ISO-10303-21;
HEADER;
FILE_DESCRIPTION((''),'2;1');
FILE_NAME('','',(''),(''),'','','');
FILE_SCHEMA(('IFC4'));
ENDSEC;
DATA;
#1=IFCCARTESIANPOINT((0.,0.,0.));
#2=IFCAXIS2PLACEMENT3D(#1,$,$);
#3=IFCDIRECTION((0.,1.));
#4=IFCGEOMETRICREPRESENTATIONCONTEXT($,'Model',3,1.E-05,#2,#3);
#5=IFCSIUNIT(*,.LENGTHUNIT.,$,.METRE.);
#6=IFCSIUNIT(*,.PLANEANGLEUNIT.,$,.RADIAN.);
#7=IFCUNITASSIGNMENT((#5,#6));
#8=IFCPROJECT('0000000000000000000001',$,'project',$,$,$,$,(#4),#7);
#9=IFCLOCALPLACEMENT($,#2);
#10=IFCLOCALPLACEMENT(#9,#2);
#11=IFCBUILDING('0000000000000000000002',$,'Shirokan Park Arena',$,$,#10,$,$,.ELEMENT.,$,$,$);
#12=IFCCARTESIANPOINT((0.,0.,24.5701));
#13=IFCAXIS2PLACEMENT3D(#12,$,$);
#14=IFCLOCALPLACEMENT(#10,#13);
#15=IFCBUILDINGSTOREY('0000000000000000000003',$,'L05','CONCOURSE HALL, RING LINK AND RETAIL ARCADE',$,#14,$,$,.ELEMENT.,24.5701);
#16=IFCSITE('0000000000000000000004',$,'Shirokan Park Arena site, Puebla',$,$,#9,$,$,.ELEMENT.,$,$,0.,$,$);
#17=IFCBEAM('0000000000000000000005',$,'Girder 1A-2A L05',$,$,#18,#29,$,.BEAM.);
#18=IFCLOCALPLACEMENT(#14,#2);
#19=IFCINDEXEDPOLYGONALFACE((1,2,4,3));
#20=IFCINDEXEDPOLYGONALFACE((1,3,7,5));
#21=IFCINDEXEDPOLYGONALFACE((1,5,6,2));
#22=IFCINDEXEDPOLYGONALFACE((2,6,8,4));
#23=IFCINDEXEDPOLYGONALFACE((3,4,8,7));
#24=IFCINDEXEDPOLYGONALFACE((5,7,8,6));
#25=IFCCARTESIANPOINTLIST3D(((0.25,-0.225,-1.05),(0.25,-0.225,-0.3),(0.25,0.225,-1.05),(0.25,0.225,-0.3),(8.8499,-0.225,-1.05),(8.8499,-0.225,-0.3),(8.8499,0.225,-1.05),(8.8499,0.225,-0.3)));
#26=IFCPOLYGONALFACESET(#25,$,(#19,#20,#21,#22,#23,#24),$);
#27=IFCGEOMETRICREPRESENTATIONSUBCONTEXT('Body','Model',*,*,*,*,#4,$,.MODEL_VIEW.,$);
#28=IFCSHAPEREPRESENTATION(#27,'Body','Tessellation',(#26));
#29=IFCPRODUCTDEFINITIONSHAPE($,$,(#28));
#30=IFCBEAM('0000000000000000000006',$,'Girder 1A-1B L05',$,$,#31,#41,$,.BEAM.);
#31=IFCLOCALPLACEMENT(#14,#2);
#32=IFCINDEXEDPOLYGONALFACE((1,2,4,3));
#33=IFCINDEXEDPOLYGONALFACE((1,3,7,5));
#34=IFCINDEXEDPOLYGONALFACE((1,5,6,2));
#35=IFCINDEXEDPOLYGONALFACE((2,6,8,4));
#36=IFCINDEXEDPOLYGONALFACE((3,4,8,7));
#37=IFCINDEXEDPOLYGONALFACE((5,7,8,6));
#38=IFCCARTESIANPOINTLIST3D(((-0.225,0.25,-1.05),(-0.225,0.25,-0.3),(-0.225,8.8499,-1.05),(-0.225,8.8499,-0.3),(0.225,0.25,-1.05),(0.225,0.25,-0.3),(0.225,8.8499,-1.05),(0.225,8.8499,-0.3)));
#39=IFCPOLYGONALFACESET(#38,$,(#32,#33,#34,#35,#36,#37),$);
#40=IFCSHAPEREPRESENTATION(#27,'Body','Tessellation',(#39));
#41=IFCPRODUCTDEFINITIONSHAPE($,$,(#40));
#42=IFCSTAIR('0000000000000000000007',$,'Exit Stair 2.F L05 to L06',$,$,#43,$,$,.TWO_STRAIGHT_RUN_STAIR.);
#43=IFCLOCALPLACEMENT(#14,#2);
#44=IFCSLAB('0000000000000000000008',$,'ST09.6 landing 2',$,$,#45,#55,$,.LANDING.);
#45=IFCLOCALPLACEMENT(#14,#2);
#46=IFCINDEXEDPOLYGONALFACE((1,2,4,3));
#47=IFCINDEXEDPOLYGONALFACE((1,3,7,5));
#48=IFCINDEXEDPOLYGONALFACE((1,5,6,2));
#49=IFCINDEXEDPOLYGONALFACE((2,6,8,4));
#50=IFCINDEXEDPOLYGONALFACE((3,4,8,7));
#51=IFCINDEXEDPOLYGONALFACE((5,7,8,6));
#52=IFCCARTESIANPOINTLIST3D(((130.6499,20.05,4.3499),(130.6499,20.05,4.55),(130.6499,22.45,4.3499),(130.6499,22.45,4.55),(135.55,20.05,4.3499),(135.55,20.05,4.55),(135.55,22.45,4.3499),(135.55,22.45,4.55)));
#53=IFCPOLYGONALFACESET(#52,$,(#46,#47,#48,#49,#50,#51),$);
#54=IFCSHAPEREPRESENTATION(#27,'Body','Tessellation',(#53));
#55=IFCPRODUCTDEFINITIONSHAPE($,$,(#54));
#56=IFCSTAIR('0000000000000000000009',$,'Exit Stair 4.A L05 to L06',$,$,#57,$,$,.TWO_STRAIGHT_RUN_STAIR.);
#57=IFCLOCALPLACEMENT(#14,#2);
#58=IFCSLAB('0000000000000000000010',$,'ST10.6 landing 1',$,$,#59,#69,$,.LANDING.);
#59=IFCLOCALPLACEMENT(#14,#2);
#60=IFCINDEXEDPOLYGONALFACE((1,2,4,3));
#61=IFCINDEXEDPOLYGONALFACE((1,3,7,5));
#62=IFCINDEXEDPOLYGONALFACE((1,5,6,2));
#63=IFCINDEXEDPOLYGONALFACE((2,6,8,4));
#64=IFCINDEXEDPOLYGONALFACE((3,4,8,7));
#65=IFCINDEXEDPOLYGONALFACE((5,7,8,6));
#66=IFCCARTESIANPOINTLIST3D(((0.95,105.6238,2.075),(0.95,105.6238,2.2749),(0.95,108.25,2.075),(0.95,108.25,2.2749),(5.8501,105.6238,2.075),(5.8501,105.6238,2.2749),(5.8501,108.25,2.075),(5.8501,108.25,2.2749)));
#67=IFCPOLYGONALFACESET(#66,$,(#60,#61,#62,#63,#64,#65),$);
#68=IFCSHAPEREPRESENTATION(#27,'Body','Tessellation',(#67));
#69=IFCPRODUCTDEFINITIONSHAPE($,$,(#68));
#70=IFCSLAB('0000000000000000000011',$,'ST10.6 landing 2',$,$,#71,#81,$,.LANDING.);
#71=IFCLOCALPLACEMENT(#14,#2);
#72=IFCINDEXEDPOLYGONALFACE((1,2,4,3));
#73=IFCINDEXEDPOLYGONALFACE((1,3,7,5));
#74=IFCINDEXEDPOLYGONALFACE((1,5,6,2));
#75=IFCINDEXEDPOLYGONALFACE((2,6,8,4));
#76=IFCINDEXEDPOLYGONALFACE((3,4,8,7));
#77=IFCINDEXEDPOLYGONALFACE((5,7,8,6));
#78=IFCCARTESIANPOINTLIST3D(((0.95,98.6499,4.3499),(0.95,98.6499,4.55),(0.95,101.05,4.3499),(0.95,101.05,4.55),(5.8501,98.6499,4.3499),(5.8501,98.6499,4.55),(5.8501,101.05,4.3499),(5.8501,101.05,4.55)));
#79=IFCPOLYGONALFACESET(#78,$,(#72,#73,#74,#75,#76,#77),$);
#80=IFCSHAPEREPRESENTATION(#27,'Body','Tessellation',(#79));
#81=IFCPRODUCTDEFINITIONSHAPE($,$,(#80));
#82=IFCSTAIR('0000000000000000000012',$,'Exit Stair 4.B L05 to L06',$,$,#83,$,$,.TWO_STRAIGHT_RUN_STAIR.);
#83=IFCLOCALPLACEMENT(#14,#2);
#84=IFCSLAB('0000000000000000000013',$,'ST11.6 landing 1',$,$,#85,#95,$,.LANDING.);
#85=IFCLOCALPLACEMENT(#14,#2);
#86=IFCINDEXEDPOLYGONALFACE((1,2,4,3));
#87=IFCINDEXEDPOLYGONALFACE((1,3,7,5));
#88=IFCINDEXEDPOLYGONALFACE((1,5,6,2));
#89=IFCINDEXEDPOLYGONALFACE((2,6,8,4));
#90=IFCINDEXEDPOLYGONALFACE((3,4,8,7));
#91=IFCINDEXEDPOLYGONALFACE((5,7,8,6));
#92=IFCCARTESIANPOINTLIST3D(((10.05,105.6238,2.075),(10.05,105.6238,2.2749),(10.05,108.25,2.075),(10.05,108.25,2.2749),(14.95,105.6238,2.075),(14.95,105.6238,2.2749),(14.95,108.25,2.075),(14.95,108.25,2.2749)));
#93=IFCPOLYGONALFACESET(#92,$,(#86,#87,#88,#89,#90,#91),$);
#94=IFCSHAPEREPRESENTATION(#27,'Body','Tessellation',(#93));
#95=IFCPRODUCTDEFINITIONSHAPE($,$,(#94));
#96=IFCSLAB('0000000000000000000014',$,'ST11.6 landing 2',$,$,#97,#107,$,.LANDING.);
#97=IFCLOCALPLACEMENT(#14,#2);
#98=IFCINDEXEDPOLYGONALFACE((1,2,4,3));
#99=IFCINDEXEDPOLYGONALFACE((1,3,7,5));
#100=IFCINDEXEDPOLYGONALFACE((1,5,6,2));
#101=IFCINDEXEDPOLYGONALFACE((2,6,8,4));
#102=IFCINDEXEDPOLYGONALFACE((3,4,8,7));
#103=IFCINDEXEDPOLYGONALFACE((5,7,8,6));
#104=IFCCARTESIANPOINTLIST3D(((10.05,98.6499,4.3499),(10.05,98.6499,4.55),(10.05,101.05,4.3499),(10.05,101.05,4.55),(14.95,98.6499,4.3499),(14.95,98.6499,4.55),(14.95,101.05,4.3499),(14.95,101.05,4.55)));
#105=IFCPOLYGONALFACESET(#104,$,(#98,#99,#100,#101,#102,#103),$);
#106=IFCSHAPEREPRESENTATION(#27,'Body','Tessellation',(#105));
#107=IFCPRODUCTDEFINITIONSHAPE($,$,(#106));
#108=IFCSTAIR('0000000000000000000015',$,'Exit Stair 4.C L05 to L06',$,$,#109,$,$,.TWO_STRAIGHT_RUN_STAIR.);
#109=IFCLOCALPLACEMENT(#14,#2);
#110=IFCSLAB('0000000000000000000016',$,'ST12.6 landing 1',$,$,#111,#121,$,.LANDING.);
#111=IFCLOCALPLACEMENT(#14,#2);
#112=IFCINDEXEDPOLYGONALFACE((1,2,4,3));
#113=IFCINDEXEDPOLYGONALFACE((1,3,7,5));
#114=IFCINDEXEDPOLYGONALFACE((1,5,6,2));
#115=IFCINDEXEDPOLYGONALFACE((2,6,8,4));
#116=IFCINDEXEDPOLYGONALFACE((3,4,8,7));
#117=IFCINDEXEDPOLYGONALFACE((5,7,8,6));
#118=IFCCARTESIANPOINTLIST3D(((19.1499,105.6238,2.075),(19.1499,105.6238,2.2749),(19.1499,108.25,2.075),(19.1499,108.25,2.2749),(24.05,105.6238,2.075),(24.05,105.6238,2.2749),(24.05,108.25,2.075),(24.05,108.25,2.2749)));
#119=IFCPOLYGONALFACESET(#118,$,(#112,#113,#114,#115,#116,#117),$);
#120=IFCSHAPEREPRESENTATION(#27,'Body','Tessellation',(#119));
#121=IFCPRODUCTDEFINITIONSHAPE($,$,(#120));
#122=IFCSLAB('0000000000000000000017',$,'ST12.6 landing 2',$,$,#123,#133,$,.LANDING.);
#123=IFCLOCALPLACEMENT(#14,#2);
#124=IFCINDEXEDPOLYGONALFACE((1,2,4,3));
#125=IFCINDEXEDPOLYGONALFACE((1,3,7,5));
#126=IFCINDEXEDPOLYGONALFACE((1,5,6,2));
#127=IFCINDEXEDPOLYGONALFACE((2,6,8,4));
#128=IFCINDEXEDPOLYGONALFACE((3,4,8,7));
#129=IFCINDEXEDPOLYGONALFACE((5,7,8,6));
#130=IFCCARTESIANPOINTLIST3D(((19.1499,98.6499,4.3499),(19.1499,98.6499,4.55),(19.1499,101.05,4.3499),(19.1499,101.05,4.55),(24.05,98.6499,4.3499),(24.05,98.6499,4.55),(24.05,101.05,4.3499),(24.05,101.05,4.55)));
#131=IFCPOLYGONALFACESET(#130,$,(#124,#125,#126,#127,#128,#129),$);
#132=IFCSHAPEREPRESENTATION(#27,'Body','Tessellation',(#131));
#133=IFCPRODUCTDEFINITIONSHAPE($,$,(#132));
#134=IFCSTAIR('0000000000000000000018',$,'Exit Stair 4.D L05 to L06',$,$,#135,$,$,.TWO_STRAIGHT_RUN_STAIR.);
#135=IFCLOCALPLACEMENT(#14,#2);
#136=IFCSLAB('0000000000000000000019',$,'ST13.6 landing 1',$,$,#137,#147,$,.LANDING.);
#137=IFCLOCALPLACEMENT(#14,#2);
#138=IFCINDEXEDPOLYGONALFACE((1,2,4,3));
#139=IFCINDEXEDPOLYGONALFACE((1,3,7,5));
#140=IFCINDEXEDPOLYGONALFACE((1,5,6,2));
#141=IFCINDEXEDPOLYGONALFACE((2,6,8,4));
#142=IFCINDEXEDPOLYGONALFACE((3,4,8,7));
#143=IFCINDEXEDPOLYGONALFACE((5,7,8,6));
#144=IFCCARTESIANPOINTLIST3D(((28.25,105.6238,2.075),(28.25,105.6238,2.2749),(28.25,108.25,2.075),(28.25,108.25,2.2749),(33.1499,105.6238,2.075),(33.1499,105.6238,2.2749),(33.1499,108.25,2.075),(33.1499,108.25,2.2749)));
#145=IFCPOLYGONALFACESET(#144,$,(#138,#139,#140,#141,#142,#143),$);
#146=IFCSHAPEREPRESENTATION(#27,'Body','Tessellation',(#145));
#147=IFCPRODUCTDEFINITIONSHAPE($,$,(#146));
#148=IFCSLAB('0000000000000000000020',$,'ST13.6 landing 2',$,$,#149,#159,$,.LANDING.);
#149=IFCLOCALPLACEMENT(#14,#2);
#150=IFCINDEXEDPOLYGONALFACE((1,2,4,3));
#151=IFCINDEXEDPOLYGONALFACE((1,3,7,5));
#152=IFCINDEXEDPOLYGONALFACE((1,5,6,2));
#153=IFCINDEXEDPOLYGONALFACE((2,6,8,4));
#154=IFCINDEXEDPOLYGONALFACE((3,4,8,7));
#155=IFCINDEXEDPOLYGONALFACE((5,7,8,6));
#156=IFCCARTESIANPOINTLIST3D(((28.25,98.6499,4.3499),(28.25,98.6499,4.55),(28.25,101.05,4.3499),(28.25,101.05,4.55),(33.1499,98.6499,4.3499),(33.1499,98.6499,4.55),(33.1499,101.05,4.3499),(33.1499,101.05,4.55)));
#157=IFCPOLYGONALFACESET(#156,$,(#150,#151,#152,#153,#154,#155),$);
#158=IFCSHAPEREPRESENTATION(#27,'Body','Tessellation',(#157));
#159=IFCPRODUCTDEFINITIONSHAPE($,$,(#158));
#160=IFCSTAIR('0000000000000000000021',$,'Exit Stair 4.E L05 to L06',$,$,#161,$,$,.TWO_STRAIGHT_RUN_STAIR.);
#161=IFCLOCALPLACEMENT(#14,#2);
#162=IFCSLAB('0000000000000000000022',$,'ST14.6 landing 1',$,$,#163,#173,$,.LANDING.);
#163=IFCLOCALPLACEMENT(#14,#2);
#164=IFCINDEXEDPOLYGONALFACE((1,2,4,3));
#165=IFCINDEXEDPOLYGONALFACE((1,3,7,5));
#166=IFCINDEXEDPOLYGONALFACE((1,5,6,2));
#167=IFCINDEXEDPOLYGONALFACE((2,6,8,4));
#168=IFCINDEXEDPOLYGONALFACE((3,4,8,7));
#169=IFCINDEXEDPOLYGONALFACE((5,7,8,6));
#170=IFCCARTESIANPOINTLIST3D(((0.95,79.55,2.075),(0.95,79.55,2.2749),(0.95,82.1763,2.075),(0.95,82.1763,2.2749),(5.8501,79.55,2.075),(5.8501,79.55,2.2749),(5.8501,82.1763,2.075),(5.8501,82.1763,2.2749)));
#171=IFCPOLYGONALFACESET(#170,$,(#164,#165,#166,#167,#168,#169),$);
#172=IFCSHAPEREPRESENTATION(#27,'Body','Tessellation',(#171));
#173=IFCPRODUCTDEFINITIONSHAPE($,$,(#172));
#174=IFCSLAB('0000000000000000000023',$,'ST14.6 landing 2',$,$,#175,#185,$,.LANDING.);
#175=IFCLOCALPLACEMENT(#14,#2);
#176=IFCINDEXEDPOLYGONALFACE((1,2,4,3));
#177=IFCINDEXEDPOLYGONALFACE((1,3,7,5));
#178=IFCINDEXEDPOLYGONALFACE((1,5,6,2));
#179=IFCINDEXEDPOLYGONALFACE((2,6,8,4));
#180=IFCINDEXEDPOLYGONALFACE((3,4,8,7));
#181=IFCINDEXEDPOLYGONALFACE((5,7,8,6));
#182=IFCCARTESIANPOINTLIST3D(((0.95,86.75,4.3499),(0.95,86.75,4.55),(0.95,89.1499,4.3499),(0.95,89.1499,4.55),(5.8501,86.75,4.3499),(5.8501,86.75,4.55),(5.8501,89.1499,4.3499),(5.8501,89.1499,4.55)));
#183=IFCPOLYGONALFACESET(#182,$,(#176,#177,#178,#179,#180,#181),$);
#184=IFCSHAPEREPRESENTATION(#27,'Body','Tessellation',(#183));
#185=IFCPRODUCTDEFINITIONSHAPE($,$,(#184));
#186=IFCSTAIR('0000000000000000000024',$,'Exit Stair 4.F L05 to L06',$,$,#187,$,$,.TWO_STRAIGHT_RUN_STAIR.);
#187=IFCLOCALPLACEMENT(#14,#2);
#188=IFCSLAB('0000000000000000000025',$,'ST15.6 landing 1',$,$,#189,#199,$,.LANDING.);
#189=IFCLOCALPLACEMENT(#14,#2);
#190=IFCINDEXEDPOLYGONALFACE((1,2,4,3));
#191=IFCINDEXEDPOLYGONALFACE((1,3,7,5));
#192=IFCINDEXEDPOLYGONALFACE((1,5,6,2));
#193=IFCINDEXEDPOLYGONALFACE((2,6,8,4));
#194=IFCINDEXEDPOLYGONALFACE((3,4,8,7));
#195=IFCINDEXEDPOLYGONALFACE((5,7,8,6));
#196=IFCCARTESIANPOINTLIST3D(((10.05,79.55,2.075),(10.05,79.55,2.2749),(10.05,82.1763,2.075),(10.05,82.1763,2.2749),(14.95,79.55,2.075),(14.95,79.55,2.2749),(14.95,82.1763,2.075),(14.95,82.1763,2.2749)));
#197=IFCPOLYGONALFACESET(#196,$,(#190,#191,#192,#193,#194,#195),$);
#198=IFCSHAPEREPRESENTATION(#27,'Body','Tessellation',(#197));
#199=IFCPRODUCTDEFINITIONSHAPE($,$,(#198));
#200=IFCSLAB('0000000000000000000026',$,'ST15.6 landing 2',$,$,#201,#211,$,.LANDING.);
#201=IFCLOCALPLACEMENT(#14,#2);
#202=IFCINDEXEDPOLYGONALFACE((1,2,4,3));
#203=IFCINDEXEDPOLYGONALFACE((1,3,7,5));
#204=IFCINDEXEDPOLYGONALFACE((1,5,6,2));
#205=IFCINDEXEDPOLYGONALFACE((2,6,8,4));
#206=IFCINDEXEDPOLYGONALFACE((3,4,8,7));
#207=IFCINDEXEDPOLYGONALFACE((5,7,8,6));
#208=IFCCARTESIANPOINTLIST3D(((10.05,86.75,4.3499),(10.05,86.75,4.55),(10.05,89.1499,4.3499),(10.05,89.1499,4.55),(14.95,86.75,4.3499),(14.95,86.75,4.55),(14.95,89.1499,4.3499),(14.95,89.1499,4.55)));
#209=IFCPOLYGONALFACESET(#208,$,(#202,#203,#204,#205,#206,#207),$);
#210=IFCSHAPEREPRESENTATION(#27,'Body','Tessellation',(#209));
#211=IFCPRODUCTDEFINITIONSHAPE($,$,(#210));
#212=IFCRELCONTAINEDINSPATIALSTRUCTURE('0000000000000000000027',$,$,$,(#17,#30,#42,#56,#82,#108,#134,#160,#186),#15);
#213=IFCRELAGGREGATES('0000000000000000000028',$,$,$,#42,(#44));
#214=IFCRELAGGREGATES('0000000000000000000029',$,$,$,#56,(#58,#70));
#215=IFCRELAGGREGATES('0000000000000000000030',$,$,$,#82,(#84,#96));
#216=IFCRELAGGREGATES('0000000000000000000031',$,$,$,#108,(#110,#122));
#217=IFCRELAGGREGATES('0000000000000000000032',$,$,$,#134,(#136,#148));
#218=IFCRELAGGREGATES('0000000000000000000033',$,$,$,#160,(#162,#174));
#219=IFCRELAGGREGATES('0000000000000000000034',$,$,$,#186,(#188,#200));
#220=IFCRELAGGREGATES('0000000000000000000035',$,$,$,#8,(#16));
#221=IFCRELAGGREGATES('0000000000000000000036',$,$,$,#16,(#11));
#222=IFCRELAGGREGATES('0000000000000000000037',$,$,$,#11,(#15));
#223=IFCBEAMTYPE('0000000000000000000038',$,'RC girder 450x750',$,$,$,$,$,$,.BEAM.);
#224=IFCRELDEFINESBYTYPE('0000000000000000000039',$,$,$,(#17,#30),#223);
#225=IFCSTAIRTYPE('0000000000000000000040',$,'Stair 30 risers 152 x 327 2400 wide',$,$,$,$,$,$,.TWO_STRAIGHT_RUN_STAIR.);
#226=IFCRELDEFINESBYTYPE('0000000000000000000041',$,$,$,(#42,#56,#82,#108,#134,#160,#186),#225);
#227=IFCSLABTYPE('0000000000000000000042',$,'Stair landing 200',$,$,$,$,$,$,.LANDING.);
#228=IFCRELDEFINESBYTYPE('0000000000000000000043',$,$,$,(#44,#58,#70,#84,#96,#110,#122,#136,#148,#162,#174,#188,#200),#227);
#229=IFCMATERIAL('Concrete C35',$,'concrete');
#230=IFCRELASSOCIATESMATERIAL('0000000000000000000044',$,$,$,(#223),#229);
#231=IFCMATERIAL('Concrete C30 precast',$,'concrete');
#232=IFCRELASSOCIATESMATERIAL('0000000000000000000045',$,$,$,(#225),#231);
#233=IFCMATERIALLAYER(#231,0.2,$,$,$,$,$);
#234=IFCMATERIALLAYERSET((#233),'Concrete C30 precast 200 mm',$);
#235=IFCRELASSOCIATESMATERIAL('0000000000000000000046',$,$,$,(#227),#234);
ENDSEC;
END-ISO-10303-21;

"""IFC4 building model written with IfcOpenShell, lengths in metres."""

from ifc_helpers import new_model, si_unit, direction, frame, origin, origin_2d, place, context, subcontext, project, spatial, polyline, rectangle, outline, extrude, material, layer, layer_set, material_profile, profile_set, type_object, element, aggregate, save


model = new_model("IFC4")

# Units and contexts
model_context = context("Model", 3, precision=1e-05, world=origin(), true_north=direction((0.0, 1.0)))
body_context = subcontext(model_context, "Body", "Model", "MODEL_VIEW")
ifc_project = project(units=[si_unit("LENGTHUNIT", "METRE"), si_unit("PLANEANGLEUNIT", "RADIAN")], contexts=[model_context])

# Site, building, storey
site_placement = place(None, origin())
site = spatial("IfcSite", under=ifc_project, at=site_placement, Name="Shirokan Park Arena site, Puebla", CompositionType="ELEMENT", RefElevation=0.0)
building_placement = place(site_placement, origin())
building = spatial("IfcBuilding", under=site, at=building_placement, Name="Shirokan Park Arena", CompositionType="ELEMENT")
storey_placement = place(building_placement, frame((0.0, 0.0, 24.5701)))
storey = spatial("IfcBuildingStorey", under=building, at=storey_placement, Name="L05", Description="CONCOURSE HALL, RING LINK AND RETAIL ARCADE", CompositionType="ELEMENT", Elevation=24.5701)

# Beams
ifc_material_1 = material(Name="Concrete C35", Category="concrete")
ifc_material_profile = material_profile(ifc_material_1, rectangle(XDim=0.45, YDim=0.75, at=origin_2d()), Name="450x750")
ifc_profile_set = profile_set([ifc_material_profile], Name="Concrete C35")
beam_type = type_object("IfcBeamType", Name="RC girder 450x750", PredefinedType="BEAM", material=ifc_profile_set)
for number, where, z_axis, x_axis, name in (
    (1, (0.25, 0.0, -0.675), (1.0, 0.0, 0.0), (0.0, 1.0, 0.0), "Girder 1A-2A L05"),
    (2, (0.0, 0.25, -0.675), (0.0, 1.0, 0.0), (-1.0, 0.0, 0.0), "Girder 1A-1B L05"),
):
    element("IfcBeam", number, at=place(storey_placement, frame(where, z_axis=z_axis, x_axis=x_axis)), inside=storey, type_object=beam_type, Name=name, PredefinedType="BEAM", context=body_context, shape_type="SweptSolid", body=[
        extrude(rectangle(XDim=0.45, YDim=0.75, at=origin_2d()), origin(), (0.0, 0.0, 1.0), 8.5999),
    ])

# Stair, slab
ifc_material_2 = material(Name="Concrete C30 precast", Category="concrete")
stair_type = type_object("IfcStairType", Name="Stair 30 risers 152 x 327 2400 wide", PredefinedType="TWO_STRAIGHT_RUN_STAIR", material=ifc_material_2)
stair_1_placement = place(storey_placement, origin())
stair_1 = element("IfcStair", 3, at=stair_1_placement, inside=storey, type_object=stair_type, Name="Exit Stair 2.F L05 to L06", PredefinedType="TWO_STRAIGHT_RUN_STAIR")
ifc_layer_1 = layer(ifc_material_2, 0.2)
ifc_layer_set_1 = layer_set([ifc_layer_1], Name="Concrete C30 precast 200 mm")
slab_type = type_object("IfcSlabType", Name="Stair landing 200", PredefinedType="LANDING", material=ifc_layer_set_1)
slab_1_placement = place(storey_placement, frame((0.0, 0.0, 4.3499)))
slab_1 = element("IfcSlab", 4, at=slab_1_placement, type_object=slab_type, Name="ST09.6 landing 2", PredefinedType="LANDING", context=body_context, shape_type="SweptSolid", body=[
    extrude(outline(polyline([(130.6499, 20.05), (135.55, 20.05), (135.55, 22.45), (130.6499, 22.45), (130.6499, 20.05)])), origin(), (0.0, 0.0, 1.0), 0.2002),
])
aggregate(stair_1, [slab_1])

# Stairs, slabs
stair_2_placement = place(storey_placement, origin())
stair_2 = element("IfcStair", 5, at=stair_2_placement, inside=storey, type_object=stair_type, Name="Exit Stair 4.A L05 to L06", PredefinedType="TWO_STRAIGHT_RUN_STAIR")
slab_2_placement = place(storey_placement, frame((0.0, 0.0, 2.075)))
slab_2 = element("IfcSlab", 6, at=slab_2_placement, type_object=slab_type, Name="ST10.6 landing 1", PredefinedType="LANDING", context=body_context, shape_type="SweptSolid", body=[
    extrude(outline(polyline([(0.95, 105.6238), (5.8501, 105.6238), (5.8501, 108.25), (0.95, 108.25), (0.95, 105.6238)])), origin(), (0.0, 0.0, 1.0), 0.2),
])
slab_3_placement = place(storey_placement, frame((0.0, 0.0, 4.3499)))
slab_3 = element("IfcSlab", 7, at=slab_3_placement, type_object=slab_type, Name="ST10.6 landing 2", PredefinedType="LANDING", context=body_context, shape_type="SweptSolid", body=[
    extrude(outline(polyline([(0.95, 98.6499), (5.8501, 98.6499), (5.8501, 101.05), (0.95, 101.05), (0.95, 98.6499)])), origin(), (0.0, 0.0, 1.0), 0.2002),
])
aggregate(stair_2, [slab_2, slab_3])
stair_3_placement = place(storey_placement, origin())
stair_3 = element("IfcStair", 8, at=stair_3_placement, inside=storey, type_object=stair_type, Name="Exit Stair 4.B L05 to L06", PredefinedType="TWO_STRAIGHT_RUN_STAIR")
slab_4_placement = place(storey_placement, frame((0.0, 0.0, 2.075)))
slab_4 = element("IfcSlab", 9, at=slab_4_placement, type_object=slab_type, Name="ST11.6 landing 1", PredefinedType="LANDING", context=body_context, shape_type="SweptSolid", body=[
    extrude(outline(polyline([(10.05, 105.6238), (14.95, 105.6238), (14.95, 108.25), (10.05, 108.25), (10.05, 105.6238)])), origin(), (0.0, 0.0, 1.0), 0.2),
])
slab_5_placement = place(storey_placement, frame((0.0, 0.0, 4.3499)))
slab_5 = element("IfcSlab", 10, at=slab_5_placement, type_object=slab_type, Name="ST11.6 landing 2", PredefinedType="LANDING", context=body_context, shape_type="SweptSolid", body=[
    extrude(outline(polyline([(10.05, 98.6499), (14.95, 98.6499), (14.95, 101.05), (10.05, 101.05), (10.05, 98.6499)])), origin(), (0.0, 0.0, 1.0), 0.2002),
])
aggregate(stair_3, [slab_4, slab_5])
stair_4_placement = place(storey_placement, origin())
stair_4 = element("IfcStair", 11, at=stair_4_placement, inside=storey, type_object=stair_type, Name="Exit Stair 4.C L05 to L06", PredefinedType="TWO_STRAIGHT_RUN_STAIR")
slab_6_placement = place(storey_placement, frame((0.0, 0.0, 2.075)))
slab_6 = element("IfcSlab", 12, at=slab_6_placement, type_object=slab_type, Name="ST12.6 landing 1", PredefinedType="LANDING", context=body_context, shape_type="SweptSolid", body=[
    extrude(outline(polyline([(19.1499, 105.6238), (24.05, 105.6238), (24.05, 108.25), (19.1499, 108.25), (19.1499, 105.6238)])), origin(), (0.0, 0.0, 1.0), 0.2),
])
slab_7_placement = place(storey_placement, frame((0.0, 0.0, 4.3499)))
slab_7 = element("IfcSlab", 13, at=slab_7_placement, type_object=slab_type, Name="ST12.6 landing 2", PredefinedType="LANDING", context=body_context, shape_type="SweptSolid", body=[
    extrude(outline(polyline([(19.1499, 98.6499), (24.05, 98.6499), (24.05, 101.05), (19.1499, 101.05), (19.1499, 98.6499)])), origin(), (0.0, 0.0, 1.0), 0.2002),
])
aggregate(stair_4, [slab_6, slab_7])
stair_5_placement = place(storey_placement, origin())
stair_5 = element("IfcStair", 14, at=stair_5_placement, inside=storey, type_object=stair_type, Name="Exit Stair 4.D L05 to L06", PredefinedType="TWO_STRAIGHT_RUN_STAIR")
slab_8_placement = place(storey_placement, frame((0.0, 0.0, 2.075)))
slab_8 = element("IfcSlab", 15, at=slab_8_placement, type_object=slab_type, Name="ST13.6 landing 1", PredefinedType="LANDING", context=body_context, shape_type="SweptSolid", body=[
    extrude(outline(polyline([(28.25, 105.6238), (33.1499, 105.6238), (33.1499, 108.25), (28.25, 108.25), (28.25, 105.6238)])), origin(), (0.0, 0.0, 1.0), 0.2),
])
slab_9_placement = place(storey_placement, frame((0.0, 0.0, 4.3499)))
slab_9 = element("IfcSlab", 16, at=slab_9_placement, type_object=slab_type, Name="ST13.6 landing 2", PredefinedType="LANDING", context=body_context, shape_type="SweptSolid", body=[
    extrude(outline(polyline([(28.25, 98.6499), (33.1499, 98.6499), (33.1499, 101.05), (28.25, 101.05), (28.25, 98.6499)])), origin(), (0.0, 0.0, 1.0), 0.2002),
])
aggregate(stair_5, [slab_8, slab_9])
stair_6_placement = place(storey_placement, origin())
stair_6 = element("IfcStair", 17, at=stair_6_placement, inside=storey, type_object=stair_type, Name="Exit Stair 4.E L05 to L06", PredefinedType="TWO_STRAIGHT_RUN_STAIR")
slab_10_placement = place(storey_placement, frame((0.0, 0.0, 2.075)))
slab_10 = element("IfcSlab", 18, at=slab_10_placement, type_object=slab_type, Name="ST14.6 landing 1", PredefinedType="LANDING", context=body_context, shape_type="SweptSolid", body=[
    extrude(outline(polyline([(0.95, 79.55), (5.8501, 79.55), (5.8501, 82.1763), (0.95, 82.1763), (0.95, 79.55)])), origin(), (0.0, 0.0, 1.0), 0.2),
])
slab_11_placement = place(storey_placement, frame((0.0, 0.0, 4.3499)))
slab_11 = element("IfcSlab", 19, at=slab_11_placement, type_object=slab_type, Name="ST14.6 landing 2", PredefinedType="LANDING", context=body_context, shape_type="SweptSolid", body=[
    extrude(outline(polyline([(0.95, 86.75), (5.8501, 86.75), (5.8501, 89.1499), (0.95, 89.1499), (0.95, 86.75)])), origin(), (0.0, 0.0, 1.0), 0.2002),
])
aggregate(stair_6, [slab_10, slab_11])
stair_7_placement = place(storey_placement, origin())
stair_7 = element("IfcStair", 20, at=stair_7_placement, inside=storey, type_object=stair_type, Name="Exit Stair 4.F L05 to L06", PredefinedType="TWO_STRAIGHT_RUN_STAIR")
slab_12_placement = place(storey_placement, frame((0.0, 0.0, 2.075)))
slab_12 = element("IfcSlab", 21, at=slab_12_placement, type_object=slab_type, Name="ST15.6 landing 1", PredefinedType="LANDING", context=body_context, shape_type="SweptSolid", body=[
    extrude(outline(polyline([(10.05, 79.55), (14.95, 79.55), (14.95, 82.1763), (10.05, 82.1763), (10.05, 79.55)])), origin(), (0.0, 0.0, 1.0), 0.2),
])
slab_13_placement = place(storey_placement, frame((0.0, 0.0, 4.3499)))
slab_13 = element("IfcSlab", 22, at=slab_13_placement, type_object=slab_type, Name="ST15.6 landing 2", PredefinedType="LANDING", context=body_context, shape_type="SweptSolid", body=[
    extrude(outline(polyline([(10.05, 86.75), (14.95, 86.75), (14.95, 89.1499), (10.05, 89.1499), (10.05, 86.75)])), origin(), (0.0, 0.0, 1.0), 0.2002),
])
aggregate(stair_7, [slab_12, slab_13])

save(model, "model.ifc")
